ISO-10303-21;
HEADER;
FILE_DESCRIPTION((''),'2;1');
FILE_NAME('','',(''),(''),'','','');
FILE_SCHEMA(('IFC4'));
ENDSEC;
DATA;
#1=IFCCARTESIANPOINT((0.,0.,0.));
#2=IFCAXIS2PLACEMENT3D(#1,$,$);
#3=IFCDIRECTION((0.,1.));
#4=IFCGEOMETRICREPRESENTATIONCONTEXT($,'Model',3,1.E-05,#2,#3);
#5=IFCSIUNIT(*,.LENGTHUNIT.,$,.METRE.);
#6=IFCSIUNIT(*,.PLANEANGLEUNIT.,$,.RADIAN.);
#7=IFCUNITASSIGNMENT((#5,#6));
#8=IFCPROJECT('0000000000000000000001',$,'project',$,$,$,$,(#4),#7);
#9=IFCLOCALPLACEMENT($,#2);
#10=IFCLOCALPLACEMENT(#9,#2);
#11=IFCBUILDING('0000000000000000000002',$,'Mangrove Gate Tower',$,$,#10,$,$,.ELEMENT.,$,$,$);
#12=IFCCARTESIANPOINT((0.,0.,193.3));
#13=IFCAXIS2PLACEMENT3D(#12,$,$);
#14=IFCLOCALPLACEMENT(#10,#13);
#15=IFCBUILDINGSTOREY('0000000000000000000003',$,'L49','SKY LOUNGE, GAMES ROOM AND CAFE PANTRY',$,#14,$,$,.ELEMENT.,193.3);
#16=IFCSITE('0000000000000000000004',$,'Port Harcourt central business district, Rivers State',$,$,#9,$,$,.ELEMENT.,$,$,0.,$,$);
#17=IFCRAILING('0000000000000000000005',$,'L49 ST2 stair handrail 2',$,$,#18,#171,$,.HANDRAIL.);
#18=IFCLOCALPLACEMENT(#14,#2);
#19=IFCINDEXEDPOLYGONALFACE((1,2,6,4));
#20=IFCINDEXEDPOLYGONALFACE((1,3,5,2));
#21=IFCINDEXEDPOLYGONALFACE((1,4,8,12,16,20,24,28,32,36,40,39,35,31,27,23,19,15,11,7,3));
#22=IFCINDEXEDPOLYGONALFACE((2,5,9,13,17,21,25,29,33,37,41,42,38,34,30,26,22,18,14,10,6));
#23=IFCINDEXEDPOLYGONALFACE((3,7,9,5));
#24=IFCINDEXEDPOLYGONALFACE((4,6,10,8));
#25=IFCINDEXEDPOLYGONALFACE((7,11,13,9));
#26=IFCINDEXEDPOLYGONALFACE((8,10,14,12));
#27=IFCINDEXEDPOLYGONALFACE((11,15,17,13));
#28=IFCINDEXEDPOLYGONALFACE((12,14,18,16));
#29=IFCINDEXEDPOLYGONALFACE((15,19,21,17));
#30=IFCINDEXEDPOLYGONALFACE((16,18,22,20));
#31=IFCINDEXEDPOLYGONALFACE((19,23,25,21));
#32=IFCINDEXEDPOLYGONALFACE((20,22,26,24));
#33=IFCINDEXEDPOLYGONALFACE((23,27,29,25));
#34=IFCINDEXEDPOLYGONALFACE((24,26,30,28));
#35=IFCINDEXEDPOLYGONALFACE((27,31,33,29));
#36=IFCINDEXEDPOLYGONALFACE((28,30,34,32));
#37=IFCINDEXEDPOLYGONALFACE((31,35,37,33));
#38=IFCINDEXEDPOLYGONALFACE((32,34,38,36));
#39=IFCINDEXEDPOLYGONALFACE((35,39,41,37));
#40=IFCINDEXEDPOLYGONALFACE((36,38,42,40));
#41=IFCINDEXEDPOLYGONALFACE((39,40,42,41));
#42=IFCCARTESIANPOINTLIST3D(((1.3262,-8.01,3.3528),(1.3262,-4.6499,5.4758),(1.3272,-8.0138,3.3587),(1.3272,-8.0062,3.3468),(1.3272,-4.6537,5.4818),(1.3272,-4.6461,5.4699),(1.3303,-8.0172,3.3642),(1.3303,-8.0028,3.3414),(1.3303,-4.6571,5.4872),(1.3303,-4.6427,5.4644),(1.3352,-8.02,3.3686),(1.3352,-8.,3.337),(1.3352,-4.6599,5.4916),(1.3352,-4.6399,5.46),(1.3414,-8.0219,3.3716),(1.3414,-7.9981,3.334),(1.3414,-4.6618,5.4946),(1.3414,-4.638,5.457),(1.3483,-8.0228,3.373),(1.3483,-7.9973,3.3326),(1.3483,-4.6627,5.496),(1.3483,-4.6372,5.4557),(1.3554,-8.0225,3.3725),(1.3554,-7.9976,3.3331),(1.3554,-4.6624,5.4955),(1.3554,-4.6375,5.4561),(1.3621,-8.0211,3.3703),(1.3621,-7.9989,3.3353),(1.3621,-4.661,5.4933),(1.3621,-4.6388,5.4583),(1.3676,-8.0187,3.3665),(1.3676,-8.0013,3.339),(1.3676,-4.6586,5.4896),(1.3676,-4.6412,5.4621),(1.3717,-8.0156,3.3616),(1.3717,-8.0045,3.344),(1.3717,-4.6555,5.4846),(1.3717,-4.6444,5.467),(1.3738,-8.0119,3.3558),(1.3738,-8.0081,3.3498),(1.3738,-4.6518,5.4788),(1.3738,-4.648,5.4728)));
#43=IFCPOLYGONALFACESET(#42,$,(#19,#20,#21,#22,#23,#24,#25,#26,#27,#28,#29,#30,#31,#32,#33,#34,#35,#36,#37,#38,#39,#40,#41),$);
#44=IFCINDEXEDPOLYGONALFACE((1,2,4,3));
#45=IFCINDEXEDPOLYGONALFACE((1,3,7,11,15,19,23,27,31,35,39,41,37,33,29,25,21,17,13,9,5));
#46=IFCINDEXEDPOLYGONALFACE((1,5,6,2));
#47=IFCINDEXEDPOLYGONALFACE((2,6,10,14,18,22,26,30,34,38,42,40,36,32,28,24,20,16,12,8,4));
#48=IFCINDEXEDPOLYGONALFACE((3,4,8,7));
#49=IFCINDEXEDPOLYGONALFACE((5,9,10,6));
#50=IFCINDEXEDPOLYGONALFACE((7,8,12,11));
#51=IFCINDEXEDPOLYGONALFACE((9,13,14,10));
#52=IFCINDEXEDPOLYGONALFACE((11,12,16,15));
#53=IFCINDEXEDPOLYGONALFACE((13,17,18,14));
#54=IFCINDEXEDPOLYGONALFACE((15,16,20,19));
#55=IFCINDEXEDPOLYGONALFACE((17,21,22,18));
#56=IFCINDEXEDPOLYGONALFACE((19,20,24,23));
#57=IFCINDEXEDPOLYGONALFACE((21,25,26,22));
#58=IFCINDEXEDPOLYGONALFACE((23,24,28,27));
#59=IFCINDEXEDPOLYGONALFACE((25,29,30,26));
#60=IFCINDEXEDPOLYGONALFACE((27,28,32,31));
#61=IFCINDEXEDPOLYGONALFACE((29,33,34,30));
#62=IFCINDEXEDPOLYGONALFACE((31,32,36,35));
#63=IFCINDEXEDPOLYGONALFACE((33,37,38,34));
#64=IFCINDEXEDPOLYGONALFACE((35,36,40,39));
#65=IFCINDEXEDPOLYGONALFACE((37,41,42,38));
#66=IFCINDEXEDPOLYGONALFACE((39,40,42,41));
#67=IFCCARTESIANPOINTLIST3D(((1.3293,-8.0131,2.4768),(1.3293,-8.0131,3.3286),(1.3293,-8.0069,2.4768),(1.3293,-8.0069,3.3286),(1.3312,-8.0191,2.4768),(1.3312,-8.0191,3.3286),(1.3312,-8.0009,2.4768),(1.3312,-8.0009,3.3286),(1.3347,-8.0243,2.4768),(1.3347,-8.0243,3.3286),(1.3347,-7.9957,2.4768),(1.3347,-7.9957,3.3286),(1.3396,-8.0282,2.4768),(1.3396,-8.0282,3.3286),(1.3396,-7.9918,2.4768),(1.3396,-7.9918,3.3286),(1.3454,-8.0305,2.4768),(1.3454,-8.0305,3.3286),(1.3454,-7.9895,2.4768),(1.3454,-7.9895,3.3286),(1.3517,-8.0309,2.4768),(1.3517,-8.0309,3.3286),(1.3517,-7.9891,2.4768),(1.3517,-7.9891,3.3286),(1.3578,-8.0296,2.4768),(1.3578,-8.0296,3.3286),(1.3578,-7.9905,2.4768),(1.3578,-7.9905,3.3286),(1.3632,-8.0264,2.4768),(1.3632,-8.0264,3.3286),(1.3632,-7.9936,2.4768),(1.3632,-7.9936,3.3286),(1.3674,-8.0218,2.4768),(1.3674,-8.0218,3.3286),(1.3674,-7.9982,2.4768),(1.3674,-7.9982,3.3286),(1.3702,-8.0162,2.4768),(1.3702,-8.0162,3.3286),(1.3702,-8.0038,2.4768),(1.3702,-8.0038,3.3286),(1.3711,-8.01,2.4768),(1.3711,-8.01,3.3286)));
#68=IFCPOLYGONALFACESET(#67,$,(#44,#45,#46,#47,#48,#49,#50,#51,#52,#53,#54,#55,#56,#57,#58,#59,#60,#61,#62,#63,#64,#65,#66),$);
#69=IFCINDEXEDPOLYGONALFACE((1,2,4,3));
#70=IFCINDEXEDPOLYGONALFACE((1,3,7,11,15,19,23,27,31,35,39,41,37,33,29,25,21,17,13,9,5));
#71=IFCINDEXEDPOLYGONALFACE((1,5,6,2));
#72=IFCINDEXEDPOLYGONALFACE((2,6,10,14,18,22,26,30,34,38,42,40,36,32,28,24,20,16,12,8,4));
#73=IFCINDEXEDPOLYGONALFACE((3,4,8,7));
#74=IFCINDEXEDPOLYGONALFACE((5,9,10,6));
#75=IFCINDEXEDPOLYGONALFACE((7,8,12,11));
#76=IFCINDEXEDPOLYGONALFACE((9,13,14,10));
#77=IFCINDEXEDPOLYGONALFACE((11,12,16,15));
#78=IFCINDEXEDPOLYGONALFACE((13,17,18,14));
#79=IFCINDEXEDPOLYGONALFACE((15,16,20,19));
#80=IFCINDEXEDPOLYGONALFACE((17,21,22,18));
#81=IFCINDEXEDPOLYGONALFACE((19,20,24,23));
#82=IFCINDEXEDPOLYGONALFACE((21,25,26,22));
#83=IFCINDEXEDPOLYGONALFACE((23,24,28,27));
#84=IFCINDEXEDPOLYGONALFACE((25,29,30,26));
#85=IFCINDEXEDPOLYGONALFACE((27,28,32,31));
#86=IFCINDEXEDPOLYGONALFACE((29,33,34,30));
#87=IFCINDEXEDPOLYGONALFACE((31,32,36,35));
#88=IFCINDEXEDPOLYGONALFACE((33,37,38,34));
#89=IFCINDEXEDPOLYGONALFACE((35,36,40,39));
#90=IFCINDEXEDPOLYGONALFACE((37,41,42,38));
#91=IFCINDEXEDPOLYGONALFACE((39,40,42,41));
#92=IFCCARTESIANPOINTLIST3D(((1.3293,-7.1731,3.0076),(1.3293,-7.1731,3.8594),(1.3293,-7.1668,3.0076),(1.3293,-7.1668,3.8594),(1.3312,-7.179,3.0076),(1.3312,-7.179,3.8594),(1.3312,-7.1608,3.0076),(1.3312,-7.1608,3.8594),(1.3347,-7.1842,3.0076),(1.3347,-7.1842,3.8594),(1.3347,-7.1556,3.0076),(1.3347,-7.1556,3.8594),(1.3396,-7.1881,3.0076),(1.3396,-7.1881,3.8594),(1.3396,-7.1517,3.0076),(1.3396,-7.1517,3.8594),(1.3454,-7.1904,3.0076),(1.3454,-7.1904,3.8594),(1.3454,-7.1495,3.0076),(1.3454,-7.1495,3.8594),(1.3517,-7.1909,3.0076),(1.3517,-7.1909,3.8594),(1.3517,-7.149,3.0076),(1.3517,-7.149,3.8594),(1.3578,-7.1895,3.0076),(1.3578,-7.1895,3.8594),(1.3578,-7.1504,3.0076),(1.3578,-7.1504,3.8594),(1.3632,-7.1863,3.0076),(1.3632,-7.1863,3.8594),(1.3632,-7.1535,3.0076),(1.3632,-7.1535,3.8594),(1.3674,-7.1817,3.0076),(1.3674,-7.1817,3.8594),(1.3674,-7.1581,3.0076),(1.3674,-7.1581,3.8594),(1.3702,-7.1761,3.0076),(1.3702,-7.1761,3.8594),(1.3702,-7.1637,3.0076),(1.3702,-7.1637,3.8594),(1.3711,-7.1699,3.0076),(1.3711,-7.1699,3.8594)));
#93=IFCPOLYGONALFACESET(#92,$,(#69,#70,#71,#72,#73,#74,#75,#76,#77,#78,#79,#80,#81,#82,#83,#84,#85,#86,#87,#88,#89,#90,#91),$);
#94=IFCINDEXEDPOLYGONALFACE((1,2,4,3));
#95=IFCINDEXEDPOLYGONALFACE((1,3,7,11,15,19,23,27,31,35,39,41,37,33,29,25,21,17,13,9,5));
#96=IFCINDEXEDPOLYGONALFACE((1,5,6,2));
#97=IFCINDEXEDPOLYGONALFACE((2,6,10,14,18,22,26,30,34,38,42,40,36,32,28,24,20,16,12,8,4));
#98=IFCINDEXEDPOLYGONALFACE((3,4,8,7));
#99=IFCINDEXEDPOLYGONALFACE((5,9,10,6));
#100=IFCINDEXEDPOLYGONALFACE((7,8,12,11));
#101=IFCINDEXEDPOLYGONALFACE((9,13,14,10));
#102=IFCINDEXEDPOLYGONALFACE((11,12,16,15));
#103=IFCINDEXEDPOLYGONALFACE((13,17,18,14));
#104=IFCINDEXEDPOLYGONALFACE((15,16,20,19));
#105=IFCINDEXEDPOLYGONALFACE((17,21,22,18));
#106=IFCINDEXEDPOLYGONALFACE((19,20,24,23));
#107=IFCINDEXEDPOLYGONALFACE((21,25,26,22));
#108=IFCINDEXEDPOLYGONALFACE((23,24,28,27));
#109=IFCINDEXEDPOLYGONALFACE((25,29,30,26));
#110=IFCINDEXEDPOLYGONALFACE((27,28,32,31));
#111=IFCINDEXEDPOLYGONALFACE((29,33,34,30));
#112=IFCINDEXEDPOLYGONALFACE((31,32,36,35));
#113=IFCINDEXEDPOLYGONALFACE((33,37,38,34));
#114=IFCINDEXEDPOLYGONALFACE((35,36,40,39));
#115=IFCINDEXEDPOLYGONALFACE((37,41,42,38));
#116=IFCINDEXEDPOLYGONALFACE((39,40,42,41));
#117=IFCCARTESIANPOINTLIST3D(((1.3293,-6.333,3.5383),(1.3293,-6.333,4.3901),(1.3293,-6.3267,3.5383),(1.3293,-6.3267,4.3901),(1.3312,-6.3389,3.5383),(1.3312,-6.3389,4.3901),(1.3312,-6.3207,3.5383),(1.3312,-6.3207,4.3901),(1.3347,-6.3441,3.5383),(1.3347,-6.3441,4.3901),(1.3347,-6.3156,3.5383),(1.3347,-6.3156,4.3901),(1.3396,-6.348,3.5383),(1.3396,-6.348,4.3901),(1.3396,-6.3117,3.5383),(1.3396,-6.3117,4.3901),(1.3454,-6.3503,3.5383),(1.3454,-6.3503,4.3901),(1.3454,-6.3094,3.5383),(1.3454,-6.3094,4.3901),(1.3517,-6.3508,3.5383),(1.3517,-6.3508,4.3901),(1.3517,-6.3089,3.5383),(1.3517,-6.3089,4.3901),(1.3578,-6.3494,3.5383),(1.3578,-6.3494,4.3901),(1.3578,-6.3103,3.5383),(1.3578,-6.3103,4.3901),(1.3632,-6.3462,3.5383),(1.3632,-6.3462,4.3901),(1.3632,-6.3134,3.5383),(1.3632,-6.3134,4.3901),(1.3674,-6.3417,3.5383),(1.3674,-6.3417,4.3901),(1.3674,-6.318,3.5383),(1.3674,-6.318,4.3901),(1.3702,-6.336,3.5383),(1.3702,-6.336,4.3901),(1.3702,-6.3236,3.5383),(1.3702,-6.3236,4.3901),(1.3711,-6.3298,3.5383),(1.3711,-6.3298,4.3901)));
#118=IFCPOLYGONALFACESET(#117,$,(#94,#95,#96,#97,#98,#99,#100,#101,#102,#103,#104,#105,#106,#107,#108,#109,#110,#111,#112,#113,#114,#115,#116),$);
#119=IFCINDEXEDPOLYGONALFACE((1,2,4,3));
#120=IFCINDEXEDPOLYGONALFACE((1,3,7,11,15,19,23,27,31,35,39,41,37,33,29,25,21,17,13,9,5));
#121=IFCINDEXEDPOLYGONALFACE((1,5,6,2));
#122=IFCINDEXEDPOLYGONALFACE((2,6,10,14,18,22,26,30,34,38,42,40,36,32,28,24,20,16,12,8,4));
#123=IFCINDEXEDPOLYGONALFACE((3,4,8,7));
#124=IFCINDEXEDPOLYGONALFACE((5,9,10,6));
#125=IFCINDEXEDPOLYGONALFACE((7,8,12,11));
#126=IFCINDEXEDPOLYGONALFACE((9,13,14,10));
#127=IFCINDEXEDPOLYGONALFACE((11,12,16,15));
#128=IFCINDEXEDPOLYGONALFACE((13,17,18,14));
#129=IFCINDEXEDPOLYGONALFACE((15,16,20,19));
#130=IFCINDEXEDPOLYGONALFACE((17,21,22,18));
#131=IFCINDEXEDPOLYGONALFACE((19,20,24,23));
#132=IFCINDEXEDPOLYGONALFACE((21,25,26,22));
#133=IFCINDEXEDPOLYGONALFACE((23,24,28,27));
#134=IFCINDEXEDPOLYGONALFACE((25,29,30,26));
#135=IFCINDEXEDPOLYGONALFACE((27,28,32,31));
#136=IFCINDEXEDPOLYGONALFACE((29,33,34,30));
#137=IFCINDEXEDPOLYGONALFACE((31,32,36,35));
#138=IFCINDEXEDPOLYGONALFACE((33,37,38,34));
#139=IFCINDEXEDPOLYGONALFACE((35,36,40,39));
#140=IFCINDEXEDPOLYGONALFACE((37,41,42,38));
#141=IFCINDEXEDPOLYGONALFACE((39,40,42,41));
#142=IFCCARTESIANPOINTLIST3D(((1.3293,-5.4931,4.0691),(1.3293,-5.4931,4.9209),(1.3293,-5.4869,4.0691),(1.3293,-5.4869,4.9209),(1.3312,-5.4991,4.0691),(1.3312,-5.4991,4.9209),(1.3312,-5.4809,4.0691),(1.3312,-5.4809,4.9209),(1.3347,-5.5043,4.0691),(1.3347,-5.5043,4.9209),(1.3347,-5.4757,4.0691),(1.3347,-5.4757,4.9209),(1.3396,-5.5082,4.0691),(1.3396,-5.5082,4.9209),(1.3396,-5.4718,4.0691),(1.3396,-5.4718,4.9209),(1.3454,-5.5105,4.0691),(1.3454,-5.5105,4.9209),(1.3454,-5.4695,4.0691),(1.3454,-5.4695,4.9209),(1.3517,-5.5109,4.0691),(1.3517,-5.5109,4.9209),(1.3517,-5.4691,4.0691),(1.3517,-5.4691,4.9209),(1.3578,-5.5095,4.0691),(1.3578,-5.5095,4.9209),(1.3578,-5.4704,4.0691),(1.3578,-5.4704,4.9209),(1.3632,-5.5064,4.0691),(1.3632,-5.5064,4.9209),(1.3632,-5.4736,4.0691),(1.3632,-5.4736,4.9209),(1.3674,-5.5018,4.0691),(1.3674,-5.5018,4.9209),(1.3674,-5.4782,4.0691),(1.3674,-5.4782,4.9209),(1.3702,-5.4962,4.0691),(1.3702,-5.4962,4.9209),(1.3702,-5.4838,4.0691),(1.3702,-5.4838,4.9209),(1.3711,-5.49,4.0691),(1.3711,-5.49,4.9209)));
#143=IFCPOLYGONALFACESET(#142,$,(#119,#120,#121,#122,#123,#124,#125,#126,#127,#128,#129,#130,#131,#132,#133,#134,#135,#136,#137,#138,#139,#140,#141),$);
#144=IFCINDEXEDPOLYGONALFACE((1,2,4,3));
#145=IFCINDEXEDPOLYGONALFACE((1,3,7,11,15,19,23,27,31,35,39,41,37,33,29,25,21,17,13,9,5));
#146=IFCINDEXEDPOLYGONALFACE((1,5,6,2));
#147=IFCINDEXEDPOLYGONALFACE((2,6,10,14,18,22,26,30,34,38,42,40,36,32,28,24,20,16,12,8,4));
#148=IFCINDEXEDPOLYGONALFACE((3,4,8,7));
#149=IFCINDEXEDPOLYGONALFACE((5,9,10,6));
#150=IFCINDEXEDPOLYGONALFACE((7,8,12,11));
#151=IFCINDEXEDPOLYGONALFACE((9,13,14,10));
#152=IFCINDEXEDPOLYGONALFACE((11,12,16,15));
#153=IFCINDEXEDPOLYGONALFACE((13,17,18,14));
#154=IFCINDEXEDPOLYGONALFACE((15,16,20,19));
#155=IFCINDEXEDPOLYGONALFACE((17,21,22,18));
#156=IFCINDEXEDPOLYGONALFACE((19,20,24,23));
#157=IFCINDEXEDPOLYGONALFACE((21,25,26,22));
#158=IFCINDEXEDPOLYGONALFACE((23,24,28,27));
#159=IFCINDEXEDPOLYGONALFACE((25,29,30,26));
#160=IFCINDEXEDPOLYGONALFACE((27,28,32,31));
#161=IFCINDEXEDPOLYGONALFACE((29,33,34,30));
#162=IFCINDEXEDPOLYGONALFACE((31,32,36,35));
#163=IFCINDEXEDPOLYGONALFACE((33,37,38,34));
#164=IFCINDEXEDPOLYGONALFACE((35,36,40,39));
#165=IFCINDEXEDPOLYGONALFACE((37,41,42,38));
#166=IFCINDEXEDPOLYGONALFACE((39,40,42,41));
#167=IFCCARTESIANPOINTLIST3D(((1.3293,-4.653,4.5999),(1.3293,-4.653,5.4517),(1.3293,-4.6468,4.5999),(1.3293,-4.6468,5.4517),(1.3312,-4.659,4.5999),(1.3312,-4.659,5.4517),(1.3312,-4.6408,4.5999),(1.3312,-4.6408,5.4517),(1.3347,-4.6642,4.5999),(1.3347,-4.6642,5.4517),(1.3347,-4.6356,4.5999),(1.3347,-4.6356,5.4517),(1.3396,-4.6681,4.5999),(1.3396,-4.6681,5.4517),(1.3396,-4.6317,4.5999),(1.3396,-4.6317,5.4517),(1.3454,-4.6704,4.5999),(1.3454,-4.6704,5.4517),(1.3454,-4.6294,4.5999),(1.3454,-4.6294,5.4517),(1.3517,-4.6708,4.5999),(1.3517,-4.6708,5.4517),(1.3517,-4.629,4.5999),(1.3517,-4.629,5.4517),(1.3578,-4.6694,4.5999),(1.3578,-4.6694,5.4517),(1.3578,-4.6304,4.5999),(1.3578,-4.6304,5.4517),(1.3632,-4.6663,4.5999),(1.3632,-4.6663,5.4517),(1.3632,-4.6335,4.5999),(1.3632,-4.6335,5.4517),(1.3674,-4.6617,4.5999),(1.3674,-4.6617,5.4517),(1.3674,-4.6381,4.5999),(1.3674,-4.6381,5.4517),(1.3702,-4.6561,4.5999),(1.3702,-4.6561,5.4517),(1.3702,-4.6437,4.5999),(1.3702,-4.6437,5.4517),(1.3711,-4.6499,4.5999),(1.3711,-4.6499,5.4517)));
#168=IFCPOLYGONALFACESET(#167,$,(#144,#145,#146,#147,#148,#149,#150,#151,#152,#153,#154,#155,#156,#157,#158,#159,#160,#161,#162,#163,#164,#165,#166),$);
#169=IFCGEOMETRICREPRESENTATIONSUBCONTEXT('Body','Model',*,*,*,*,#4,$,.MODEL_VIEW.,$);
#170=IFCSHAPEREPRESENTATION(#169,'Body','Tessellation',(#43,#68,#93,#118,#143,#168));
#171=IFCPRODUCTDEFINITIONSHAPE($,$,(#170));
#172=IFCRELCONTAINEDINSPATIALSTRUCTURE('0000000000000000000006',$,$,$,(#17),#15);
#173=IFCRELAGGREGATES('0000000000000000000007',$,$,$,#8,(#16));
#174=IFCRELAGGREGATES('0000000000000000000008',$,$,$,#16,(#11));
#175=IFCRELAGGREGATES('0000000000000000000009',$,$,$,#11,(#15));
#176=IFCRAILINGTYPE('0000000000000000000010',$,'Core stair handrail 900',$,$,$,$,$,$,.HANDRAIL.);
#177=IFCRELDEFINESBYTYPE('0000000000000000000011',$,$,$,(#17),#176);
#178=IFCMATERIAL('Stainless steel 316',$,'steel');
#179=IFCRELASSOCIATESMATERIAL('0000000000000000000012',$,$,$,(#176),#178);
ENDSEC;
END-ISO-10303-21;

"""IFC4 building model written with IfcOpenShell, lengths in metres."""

from ifc_helpers import new_model, si_unit, direction, frame, origin, origin_2d, place, context, subcontext, project, spatial, circle, extrude, material, type_object, element, save


model = new_model("IFC4")

# Units and contexts
model_context = context("Model", 3, precision=1e-05, world=origin(), true_north=direction((0.0, 1.0)))
body_context = subcontext(model_context, "Body", "Model", "MODEL_VIEW")
ifc_project = project(units=[si_unit("LENGTHUNIT", "METRE"), si_unit("PLANEANGLEUNIT", "RADIAN")], contexts=[model_context])

# Site, building, storey
site_placement = place(None, origin())
site = spatial("IfcSite", under=ifc_project, at=site_placement, Name="Port Harcourt central business district, Rivers State", CompositionType="ELEMENT", RefElevation=0.0)
building_placement = place(site_placement, origin())
building = spatial("IfcBuilding", under=site, at=building_placement, Name="Mangrove Gate Tower", CompositionType="ELEMENT")
storey_placement = place(building_placement, frame((0.0, 0.0, 193.3)))
storey = spatial("IfcBuildingStorey", under=building, at=storey_placement, Name="L49", Description="SKY LOUNGE, GAMES ROOM AND CAFE PANTRY", CompositionType="ELEMENT", Elevation=193.3)

# Railing
ifc_material_1 = material(Name="Stainless steel 316", Category="steel")
railing_type_1 = type_object("IfcRailingType", Name="Core stair handrail 900", PredefinedType="HANDRAIL", material=ifc_material_1)
railing_1_placement = place(storey_placement, frame((1.3501, -8.01, 2.4768)))
element("IfcRailing", 1, at=railing_1_placement, inside=storey, type_object=railing_type_1, Name="L49 ST2 stair handrail 2", PredefinedType="HANDRAIL", context=body_context, shape_type="SweptSolid", body=[
    extrude(circle(Radius=0.0239, at=origin_2d()), frame((0.0, 0.0, 0.876), z_axis=(0.0, 0.84539, 0.53415), x_axis=(-1.0, 0.0, 0.0)), (0.0, 0.0, 1.0), 3.9746),
    extrude(circle(Radius=0.021, at=origin_2d()), origin(), (0.0, 0.0, 1.0), 0.8518),
    extrude(circle(Radius=0.021, at=origin_2d()), frame((0.0, 0.8401, 0.5308)), (0.0, 0.0, 1.0), 0.8518),
    extrude(circle(Radius=0.021, at=origin_2d()), frame((0.0, 1.6802, 1.0615)), (0.0, 0.0, 1.0), 0.8518),
    extrude(circle(Radius=0.021, at=origin_2d()), frame((0.0, 2.52, 1.5923)), (0.0, 0.0, 1.0), 0.8518),
    extrude(circle(Radius=0.021, at=origin_2d()), frame((0.0, 3.3601, 2.123)), (0.0, 0.0, 1.0), 0.8518),
])

save(model, "model.ifc")
